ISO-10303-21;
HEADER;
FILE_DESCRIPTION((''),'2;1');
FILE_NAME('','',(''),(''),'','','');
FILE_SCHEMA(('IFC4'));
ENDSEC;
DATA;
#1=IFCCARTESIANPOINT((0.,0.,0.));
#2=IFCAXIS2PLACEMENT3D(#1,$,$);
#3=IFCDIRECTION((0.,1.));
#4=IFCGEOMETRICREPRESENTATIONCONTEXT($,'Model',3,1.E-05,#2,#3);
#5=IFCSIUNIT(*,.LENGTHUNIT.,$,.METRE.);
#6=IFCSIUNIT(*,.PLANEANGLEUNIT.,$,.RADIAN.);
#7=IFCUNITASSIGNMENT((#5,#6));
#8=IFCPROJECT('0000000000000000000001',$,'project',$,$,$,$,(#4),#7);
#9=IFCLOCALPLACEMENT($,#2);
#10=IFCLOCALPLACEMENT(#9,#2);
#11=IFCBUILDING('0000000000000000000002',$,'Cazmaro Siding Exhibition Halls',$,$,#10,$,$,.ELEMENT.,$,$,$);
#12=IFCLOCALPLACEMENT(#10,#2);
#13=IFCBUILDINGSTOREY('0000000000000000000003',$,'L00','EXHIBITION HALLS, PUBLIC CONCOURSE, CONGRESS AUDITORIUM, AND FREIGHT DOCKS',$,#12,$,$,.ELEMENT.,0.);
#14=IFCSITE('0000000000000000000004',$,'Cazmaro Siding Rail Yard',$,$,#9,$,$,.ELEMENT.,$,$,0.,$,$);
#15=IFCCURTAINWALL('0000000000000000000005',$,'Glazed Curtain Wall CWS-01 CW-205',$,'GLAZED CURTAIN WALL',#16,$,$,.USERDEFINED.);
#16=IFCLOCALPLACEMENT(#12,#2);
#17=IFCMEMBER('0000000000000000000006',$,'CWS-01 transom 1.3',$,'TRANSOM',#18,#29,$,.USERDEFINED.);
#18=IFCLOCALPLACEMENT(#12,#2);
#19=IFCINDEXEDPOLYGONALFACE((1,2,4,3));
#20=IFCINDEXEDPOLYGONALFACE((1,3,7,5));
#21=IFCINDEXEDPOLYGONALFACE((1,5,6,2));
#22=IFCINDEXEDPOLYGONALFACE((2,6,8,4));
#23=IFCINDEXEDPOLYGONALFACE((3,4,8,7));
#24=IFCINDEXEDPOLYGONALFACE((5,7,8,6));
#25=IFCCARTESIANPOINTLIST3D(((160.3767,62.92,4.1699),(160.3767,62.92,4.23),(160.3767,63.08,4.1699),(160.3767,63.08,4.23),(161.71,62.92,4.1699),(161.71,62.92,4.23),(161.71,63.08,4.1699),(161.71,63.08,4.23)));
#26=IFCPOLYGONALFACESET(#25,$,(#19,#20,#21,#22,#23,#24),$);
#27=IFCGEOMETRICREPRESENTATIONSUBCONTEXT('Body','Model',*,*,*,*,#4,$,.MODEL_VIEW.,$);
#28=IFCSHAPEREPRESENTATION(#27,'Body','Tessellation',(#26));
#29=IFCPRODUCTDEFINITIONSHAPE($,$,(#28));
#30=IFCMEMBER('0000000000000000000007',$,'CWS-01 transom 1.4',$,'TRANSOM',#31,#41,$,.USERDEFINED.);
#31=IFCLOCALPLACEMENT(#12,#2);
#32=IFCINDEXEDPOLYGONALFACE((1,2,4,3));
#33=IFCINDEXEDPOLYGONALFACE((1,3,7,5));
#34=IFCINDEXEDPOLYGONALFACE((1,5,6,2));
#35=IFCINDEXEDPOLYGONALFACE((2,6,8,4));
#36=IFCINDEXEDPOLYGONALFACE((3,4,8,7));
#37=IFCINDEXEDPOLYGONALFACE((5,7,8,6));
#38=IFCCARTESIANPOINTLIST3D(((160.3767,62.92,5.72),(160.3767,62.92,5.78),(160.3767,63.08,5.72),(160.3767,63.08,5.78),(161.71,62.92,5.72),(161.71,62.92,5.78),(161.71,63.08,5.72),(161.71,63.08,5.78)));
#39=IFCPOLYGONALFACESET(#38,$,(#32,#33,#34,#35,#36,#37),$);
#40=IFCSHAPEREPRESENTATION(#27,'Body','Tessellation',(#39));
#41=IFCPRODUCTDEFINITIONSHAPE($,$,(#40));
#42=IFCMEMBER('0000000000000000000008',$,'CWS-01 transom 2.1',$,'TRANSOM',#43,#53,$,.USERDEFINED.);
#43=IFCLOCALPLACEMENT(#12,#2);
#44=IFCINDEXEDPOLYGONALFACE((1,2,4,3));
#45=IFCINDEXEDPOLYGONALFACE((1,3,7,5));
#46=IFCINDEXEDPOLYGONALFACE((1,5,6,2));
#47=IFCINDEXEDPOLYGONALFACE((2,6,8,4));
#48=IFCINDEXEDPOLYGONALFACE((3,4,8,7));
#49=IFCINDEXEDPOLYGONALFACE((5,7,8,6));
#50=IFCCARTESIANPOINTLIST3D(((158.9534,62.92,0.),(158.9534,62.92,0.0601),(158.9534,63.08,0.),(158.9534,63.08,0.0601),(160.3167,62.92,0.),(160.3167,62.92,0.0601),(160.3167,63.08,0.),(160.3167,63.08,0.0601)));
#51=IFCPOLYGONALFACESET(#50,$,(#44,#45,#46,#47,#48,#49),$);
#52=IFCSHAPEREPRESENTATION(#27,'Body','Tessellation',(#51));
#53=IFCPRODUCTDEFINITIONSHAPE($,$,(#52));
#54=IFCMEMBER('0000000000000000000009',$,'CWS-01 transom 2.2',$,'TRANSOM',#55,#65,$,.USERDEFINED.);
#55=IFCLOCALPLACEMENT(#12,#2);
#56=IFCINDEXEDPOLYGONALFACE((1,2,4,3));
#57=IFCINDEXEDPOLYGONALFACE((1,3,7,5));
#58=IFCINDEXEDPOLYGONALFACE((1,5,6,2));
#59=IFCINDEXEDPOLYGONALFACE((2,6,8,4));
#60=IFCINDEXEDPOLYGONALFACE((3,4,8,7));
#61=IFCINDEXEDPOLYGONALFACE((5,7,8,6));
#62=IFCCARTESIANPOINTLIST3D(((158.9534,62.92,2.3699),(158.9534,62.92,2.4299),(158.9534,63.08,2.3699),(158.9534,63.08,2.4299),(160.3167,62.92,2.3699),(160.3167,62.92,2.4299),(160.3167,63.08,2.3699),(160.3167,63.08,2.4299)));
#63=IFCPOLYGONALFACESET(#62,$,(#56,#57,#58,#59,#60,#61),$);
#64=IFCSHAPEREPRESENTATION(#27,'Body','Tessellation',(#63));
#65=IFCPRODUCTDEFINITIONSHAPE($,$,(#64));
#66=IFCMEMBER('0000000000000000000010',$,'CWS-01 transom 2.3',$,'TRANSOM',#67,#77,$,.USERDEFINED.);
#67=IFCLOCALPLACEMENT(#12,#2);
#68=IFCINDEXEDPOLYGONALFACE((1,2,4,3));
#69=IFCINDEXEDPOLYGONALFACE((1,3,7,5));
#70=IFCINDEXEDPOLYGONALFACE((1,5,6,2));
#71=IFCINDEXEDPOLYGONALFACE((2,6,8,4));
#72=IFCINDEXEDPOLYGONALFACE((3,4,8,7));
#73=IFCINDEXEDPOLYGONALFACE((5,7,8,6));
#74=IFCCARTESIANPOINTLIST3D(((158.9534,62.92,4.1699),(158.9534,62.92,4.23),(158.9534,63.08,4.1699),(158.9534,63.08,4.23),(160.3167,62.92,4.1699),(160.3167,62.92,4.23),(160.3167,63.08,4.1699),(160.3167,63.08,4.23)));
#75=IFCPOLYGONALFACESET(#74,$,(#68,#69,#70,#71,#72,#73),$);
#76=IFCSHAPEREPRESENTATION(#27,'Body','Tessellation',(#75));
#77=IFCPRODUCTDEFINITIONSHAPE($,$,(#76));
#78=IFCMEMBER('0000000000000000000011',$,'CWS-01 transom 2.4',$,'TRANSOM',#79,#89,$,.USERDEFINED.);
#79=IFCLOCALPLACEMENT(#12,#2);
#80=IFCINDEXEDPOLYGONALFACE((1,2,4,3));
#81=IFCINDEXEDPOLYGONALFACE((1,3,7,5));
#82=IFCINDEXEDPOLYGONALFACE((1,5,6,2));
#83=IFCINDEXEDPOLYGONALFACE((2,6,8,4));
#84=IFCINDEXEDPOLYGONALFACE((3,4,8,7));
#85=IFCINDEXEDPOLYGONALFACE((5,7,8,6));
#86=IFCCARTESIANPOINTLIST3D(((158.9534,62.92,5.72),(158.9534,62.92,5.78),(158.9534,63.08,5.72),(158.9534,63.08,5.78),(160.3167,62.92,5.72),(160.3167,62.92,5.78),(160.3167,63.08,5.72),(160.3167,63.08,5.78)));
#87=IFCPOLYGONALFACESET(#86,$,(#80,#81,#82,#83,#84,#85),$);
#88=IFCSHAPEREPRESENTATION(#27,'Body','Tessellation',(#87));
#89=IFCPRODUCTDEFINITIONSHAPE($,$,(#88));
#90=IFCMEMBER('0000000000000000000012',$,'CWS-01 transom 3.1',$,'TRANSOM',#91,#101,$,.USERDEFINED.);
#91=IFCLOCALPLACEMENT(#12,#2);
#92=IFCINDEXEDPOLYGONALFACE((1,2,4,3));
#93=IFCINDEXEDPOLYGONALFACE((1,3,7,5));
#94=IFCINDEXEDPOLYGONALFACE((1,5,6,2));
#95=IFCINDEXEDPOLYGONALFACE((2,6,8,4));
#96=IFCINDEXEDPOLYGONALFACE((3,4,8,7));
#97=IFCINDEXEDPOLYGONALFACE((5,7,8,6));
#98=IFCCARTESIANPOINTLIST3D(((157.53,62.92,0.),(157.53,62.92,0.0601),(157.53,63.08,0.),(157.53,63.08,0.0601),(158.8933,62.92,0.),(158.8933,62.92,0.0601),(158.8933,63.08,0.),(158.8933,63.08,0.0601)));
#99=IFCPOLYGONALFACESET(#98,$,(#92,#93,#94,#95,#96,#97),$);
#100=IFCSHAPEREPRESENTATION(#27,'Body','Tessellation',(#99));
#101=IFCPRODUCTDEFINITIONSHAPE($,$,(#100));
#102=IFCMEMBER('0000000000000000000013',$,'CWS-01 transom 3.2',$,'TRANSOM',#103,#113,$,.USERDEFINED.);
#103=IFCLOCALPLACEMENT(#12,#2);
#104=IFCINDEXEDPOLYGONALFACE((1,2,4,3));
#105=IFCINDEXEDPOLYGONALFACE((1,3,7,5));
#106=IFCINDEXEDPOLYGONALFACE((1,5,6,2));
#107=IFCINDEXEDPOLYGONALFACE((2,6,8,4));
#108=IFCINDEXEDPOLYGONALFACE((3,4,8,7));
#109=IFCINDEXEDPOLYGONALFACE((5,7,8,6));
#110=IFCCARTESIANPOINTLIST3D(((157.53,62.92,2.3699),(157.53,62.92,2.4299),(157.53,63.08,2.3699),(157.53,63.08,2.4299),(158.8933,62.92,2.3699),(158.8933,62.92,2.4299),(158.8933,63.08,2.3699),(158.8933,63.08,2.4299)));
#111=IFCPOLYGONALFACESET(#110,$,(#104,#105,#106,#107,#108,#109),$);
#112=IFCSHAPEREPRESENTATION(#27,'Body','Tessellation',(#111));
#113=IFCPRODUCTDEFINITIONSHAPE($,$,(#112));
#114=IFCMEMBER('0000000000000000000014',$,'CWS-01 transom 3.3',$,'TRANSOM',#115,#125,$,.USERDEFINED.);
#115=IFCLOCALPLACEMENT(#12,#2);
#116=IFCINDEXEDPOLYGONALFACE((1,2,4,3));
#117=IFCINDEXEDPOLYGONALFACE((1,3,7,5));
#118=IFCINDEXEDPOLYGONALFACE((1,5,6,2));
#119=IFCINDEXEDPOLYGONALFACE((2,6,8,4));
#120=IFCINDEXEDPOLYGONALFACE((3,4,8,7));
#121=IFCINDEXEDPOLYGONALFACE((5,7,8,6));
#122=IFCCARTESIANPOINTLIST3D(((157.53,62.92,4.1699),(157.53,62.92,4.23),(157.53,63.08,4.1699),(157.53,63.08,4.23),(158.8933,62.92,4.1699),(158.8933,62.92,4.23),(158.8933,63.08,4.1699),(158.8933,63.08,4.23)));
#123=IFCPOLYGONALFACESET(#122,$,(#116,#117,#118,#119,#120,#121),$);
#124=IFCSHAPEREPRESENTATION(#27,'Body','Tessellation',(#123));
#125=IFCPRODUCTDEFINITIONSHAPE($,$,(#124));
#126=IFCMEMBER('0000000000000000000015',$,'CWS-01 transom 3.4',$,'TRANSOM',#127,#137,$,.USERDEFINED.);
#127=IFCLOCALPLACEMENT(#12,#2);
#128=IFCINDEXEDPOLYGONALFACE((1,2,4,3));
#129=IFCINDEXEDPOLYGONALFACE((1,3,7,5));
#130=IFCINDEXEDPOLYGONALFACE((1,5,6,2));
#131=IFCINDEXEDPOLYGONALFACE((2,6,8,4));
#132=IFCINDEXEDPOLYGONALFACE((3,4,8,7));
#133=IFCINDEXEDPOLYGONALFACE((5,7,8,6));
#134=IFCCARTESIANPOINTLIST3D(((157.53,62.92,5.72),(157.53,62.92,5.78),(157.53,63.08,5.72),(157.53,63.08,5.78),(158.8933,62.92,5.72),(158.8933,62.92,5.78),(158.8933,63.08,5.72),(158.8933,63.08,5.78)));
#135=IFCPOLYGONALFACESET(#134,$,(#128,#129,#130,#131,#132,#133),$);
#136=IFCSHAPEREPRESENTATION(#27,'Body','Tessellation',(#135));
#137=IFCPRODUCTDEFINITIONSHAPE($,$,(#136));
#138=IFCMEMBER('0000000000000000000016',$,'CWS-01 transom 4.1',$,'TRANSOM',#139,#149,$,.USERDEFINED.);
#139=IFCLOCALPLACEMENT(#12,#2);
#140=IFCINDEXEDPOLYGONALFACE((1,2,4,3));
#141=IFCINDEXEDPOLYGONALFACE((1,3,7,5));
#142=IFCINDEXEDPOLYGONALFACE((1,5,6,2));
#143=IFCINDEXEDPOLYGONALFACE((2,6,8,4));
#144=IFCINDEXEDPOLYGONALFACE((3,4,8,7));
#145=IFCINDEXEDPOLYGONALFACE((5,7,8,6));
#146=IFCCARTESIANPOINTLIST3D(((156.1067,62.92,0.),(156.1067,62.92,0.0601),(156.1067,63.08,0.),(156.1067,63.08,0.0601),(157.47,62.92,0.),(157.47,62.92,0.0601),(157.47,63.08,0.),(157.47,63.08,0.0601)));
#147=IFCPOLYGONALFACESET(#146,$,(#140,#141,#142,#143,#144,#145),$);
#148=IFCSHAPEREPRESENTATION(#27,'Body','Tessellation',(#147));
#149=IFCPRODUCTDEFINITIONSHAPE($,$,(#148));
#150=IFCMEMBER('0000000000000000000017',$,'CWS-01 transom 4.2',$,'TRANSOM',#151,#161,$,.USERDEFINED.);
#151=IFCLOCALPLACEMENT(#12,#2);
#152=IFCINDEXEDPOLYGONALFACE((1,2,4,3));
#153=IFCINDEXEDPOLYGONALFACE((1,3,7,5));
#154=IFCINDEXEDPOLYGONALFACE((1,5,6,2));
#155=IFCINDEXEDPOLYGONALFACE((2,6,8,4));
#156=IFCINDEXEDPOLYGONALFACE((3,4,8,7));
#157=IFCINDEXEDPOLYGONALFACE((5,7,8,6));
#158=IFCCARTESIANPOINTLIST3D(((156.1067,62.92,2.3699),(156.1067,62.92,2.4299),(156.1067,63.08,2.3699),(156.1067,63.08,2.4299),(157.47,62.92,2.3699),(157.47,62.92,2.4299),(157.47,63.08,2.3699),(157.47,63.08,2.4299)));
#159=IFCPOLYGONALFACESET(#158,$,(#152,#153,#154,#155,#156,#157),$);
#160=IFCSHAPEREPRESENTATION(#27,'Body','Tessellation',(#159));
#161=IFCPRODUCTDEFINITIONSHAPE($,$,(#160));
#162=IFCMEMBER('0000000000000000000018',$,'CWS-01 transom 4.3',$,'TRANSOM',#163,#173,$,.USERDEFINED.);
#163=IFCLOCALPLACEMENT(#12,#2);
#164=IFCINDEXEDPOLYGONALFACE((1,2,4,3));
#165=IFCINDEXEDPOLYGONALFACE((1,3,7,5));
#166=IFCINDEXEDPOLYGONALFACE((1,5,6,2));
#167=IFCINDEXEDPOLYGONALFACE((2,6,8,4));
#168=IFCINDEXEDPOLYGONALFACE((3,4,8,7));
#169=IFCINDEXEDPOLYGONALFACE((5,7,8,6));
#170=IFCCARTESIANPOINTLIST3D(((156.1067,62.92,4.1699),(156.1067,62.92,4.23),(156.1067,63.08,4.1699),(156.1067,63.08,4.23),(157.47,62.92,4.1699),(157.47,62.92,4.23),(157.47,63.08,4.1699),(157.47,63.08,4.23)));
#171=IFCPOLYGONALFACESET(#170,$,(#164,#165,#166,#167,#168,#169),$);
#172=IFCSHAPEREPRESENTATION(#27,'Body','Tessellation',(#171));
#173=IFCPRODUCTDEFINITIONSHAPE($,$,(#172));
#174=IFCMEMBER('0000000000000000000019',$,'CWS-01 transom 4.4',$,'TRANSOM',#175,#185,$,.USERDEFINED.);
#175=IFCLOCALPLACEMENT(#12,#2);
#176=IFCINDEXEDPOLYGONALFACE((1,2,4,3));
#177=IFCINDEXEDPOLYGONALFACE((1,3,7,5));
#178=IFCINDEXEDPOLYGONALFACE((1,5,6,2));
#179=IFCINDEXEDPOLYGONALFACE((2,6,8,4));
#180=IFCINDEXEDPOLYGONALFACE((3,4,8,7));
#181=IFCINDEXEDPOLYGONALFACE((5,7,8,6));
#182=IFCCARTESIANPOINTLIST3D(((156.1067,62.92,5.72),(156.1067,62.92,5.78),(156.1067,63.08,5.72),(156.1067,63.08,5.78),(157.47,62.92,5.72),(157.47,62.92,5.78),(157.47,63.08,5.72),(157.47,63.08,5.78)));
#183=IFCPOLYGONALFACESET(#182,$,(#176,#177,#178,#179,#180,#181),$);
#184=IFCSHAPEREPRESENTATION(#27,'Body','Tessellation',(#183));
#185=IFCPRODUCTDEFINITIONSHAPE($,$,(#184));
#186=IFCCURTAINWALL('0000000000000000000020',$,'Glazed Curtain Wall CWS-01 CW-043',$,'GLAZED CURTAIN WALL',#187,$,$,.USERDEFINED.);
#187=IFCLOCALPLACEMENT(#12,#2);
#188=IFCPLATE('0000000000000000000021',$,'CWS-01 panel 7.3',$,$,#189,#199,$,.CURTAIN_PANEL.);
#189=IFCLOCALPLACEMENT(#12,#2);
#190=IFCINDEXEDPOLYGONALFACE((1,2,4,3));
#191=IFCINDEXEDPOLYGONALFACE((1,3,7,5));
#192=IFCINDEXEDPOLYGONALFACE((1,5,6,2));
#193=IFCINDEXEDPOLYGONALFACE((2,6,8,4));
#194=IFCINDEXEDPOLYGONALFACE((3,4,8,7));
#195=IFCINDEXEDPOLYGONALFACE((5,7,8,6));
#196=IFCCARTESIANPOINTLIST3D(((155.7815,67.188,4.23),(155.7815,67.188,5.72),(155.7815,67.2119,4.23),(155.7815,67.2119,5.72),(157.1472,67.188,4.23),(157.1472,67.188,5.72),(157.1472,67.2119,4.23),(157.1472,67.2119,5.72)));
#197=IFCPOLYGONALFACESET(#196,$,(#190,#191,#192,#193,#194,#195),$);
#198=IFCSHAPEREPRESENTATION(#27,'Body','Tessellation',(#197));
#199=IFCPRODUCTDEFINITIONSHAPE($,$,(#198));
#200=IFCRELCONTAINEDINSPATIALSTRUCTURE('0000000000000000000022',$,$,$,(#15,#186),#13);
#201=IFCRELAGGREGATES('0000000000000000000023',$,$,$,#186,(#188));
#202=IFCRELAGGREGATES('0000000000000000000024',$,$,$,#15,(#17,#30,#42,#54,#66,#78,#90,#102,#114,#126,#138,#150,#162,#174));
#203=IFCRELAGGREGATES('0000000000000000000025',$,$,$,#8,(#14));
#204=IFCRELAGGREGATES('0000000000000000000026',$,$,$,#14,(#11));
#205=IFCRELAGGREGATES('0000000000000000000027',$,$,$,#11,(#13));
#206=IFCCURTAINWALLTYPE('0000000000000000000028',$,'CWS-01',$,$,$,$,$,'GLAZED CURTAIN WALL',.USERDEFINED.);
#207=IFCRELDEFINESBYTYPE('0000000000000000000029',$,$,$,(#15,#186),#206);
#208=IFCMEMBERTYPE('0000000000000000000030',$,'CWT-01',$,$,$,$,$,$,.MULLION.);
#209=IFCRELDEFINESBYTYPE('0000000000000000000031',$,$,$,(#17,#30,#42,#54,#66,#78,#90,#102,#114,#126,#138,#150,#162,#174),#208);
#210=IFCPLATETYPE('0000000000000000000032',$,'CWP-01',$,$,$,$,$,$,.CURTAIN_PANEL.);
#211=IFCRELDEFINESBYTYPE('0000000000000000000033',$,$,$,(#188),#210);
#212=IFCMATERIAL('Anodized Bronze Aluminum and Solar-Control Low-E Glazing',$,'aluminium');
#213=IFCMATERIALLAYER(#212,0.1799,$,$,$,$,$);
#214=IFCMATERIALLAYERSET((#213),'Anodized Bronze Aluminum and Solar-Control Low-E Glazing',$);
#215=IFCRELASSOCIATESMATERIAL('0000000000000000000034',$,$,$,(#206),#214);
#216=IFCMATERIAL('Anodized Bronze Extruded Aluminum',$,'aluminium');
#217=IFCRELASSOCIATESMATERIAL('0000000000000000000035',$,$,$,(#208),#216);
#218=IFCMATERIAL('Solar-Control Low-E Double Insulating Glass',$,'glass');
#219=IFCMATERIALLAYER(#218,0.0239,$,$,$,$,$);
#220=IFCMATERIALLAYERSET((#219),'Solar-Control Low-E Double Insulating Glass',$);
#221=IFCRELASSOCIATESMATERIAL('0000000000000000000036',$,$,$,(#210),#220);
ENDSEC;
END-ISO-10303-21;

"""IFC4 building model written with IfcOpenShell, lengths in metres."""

from ifc_helpers import new_model, si_unit, direction, frame, origin, origin_2d, place, context, subcontext, project, spatial, rectangle, extrude, material, layer, layer_set, material_profile, profile_set, type_object, element, aggregate, save


model = new_model("IFC4")

# Units and contexts
model_context = context("Model", 3, precision=1e-05, world=origin(), true_north=direction((0.0, 1.0)))
body_context = subcontext(model_context, "Body", "Model", "MODEL_VIEW")
ifc_project = project(units=[si_unit("LENGTHUNIT", "METRE"), si_unit("PLANEANGLEUNIT", "RADIAN")], contexts=[model_context])

# Site, building, storey
site_placement = place(None, origin())
site = spatial("IfcSite", under=ifc_project, at=site_placement, Name="Cazmaro Siding Rail Yard", CompositionType="ELEMENT", RefElevation=0.0)
building_placement = place(site_placement, origin())
building = spatial("IfcBuilding", under=site, at=building_placement, Name="Cazmaro Siding Exhibition Halls", CompositionType="ELEMENT")
storey_placement = place(building_placement, origin())
storey = spatial("IfcBuildingStorey", under=building, at=storey_placement, Name="L00", Description="EXHIBITION HALLS, PUBLIC CONCOURSE, CONGRESS AUDITORIUM, AND FREIGHT DOCKS", CompositionType="ELEMENT", Elevation=0.0)

# Curtain wall, members
ifc_material_1 = material(Name="Anodized Bronze Aluminum and Solar-Control Low-E Glazing", Category="aluminium")
ifc_layer_1 = layer(ifc_material_1, 0.1799)
ifc_layer_set_1 = layer_set([ifc_layer_1], Name="Anodized Bronze Aluminum and Solar-Control Low-E Glazing")
curtain_wall_type = type_object("IfcCurtainWallType", Name="CWS-01", ElementType="GLAZED CURTAIN WALL", PredefinedType="USERDEFINED", material=ifc_layer_set_1)
curtain_wall_1_placement = place(storey_placement, origin())
curtain_wall_1 = element("IfcCurtainWall", 1, at=curtain_wall_1_placement, inside=storey, type_object=curtain_wall_type, Name="Glazed Curtain Wall CWS-01 CW-205", ObjectType="GLAZED CURTAIN WALL", PredefinedType="USERDEFINED")
ifc_material_2 = material(Name="Anodized Bronze Extruded Aluminum", Category="aluminium")
ifc_material_profile_1 = material_profile(ifc_material_2, rectangle(XDim=0.1599, YDim=0.0601, at=origin_2d()), Name="CWT-01")
ifc_profile_set_1 = profile_set([ifc_material_profile_1], Name="Anodized Bronze Extruded Aluminum")
member_type_1 = type_object("IfcMemberType", Name="CWT-01", PredefinedType="MULLION", material=ifc_profile_set_1)
member_1_placement = place(storey_placement, frame((161.71, 63.0, 4.2), z_axis=(-1.0, 0.0, 0.0), x_axis=(0.0, -1.0, 0.0)))
member_1 = element("IfcMember", 2, at=member_1_placement, type_object=member_type_1, Name="CWS-01 transom 1.3", ObjectType="TRANSOM", PredefinedType="USERDEFINED", context=body_context, shape_type="SweptSolid", body=[
    extrude(rectangle(XDim=0.1599, YDim=0.0601, at=origin_2d()), origin(), (0.0, 0.0, 1.0), 1.3333),
])
member_2_placement = place(storey_placement, frame((161.71, 63.0, 5.75), z_axis=(-1.0, 0.0, 0.0), x_axis=(0.0, -1.0, 0.0)))
member_2 = element("IfcMember", 3, at=member_2_placement, type_object=member_type_1, Name="CWS-01 transom 1.4", ObjectType="TRANSOM", PredefinedType="USERDEFINED", context=body_context, shape_type="SweptSolid", body=[
    extrude(rectangle(XDim=0.1599, YDim=0.0601, at=origin_2d()), origin(), (0.0, 0.0, 1.0), 1.3333),
])
member_3_placement = place(storey_placement, frame((160.3167, 63.0, 0.03), z_axis=(-1.0, 0.0, 0.0), x_axis=(0.0, -1.0, 0.0)))
member_3 = element("IfcMember", 4, at=member_3_placement, type_object=member_type_1, Name="CWS-01 transom 2.1", ObjectType="TRANSOM", PredefinedType="USERDEFINED", context=body_context, shape_type="SweptSolid", body=[
    extrude(rectangle(XDim=0.1599, YDim=0.0601, at=origin_2d()), origin(), (0.0, 0.0, 1.0), 1.3633),
])
member_4_placement = place(storey_placement, frame((160.3167, 63.0, 2.3999), z_axis=(-1.0, 0.0, 0.0), x_axis=(0.0, -1.0, 0.0)))
member_4 = element("IfcMember", 5, at=member_4_placement, type_object=member_type_1, Name="CWS-01 transom 2.2", ObjectType="TRANSOM", PredefinedType="USERDEFINED", context=body_context, shape_type="SweptSolid", body=[
    extrude(rectangle(XDim=0.1599, YDim=0.0601, at=origin_2d()), origin(), (0.0, 0.0, 1.0), 1.3633),
])
member_5_placement = place(storey_placement, frame((160.3167, 63.0, 4.2), z_axis=(-1.0, 0.0, 0.0), x_axis=(0.0, -1.0, 0.0)))
member_5 = element("IfcMember", 6, at=member_5_placement, type_object=member_type_1, Name="CWS-01 transom 2.3", ObjectType="TRANSOM", PredefinedType="USERDEFINED", context=body_context, shape_type="SweptSolid", body=[
    extrude(rectangle(XDim=0.1599, YDim=0.0601, at=origin_2d()), origin(), (0.0, 0.0, 1.0), 1.3633),
])
member_6_placement = place(storey_placement, frame((160.3167, 63.0, 5.75), z_axis=(-1.0, 0.0, 0.0), x_axis=(0.0, -1.0, 0.0)))
member_6 = element("IfcMember", 7, at=member_6_placement, type_object=member_type_1, Name="CWS-01 transom 2.4", ObjectType="TRANSOM", PredefinedType="USERDEFINED", context=body_context, shape_type="SweptSolid", body=[
    extrude(rectangle(XDim=0.1599, YDim=0.0601, at=origin_2d()), origin(), (0.0, 0.0, 1.0), 1.3633),
])
member_7_placement = place(storey_placement, frame((158.8933, 63.0, 0.03), z_axis=(-1.0, 0.0, 0.0), x_axis=(0.0, -1.0, 0.0)))
member_7 = element("IfcMember", 8, at=member_7_placement, type_object=member_type_1, Name="CWS-01 transom 3.1", ObjectType="TRANSOM", PredefinedType="USERDEFINED", context=body_context, shape_type="SweptSolid", body=[
    extrude(rectangle(XDim=0.1599, YDim=0.0601, at=origin_2d()), origin(), (0.0, 0.0, 1.0), 1.3633),
])
member_8_placement = place(storey_placement, frame((158.8933, 63.0, 2.3999), z_axis=(-1.0, 0.0, 0.0), x_axis=(0.0, -1.0, 0.0)))
member_8 = element("IfcMember", 9, at=member_8_placement, type_object=member_type_1, Name="CWS-01 transom 3.2", ObjectType="TRANSOM", PredefinedType="USERDEFINED", context=body_context, shape_type="SweptSolid", body=[
    extrude(rectangle(XDim=0.1599, YDim=0.0601, at=origin_2d()), origin(), (0.0, 0.0, 1.0), 1.3633),
])
member_9_placement = place(storey_placement, frame((158.8933, 63.0, 4.2), z_axis=(-1.0, 0.0, 0.0), x_axis=(0.0, -1.0, 0.0)))
member_9 = element("IfcMember", 10, at=member_9_placement, type_object=member_type_1, Name="CWS-01 transom 3.3", ObjectType="TRANSOM", PredefinedType="USERDEFINED", context=body_context, shape_type="SweptSolid", body=[
    extrude(rectangle(XDim=0.1599, YDim=0.0601, at=origin_2d()), origin(), (0.0, 0.0, 1.0), 1.3633),
])
member_10_placement = place(storey_placement, frame((158.8933, 63.0, 5.75), z_axis=(-1.0, 0.0, 0.0), x_axis=(0.0, -1.0, 0.0)))
member_10 = element("IfcMember", 11, at=member_10_placement, type_object=member_type_1, Name="CWS-01 transom 3.4", ObjectType="TRANSOM", PredefinedType="USERDEFINED", context=body_context, shape_type="SweptSolid", body=[
    extrude(rectangle(XDim=0.1599, YDim=0.0601, at=origin_2d()), origin(), (0.0, 0.0, 1.0), 1.3633),
])
member_11_placement = place(storey_placement, frame((157.47, 63.0, 0.03), z_axis=(-1.0, 0.0, 0.0), x_axis=(0.0, -1.0, 0.0)))
member_11 = element("IfcMember", 12, at=member_11_placement, type_object=member_type_1, Name="CWS-01 transom 4.1", ObjectType="TRANSOM", PredefinedType="USERDEFINED", context=body_context, shape_type="SweptSolid", body=[
    extrude(rectangle(XDim=0.1599, YDim=0.0601, at=origin_2d()), origin(), (0.0, 0.0, 1.0), 1.3633),
])
member_12_placement = place(storey_placement, frame((157.47, 63.0, 2.3999), z_axis=(-1.0, 0.0, 0.0), x_axis=(0.0, -1.0, 0.0)))
member_12 = element("IfcMember", 13, at=member_12_placement, type_object=member_type_1, Name="CWS-01 transom 4.2", ObjectType="TRANSOM", PredefinedType="USERDEFINED", context=body_context, shape_type="SweptSolid", body=[
    extrude(rectangle(XDim=0.1599, YDim=0.0601, at=origin_2d()), origin(), (0.0, 0.0, 1.0), 1.3633),
])
member_13_placement = place(storey_placement, frame((157.47, 63.0, 4.2), z_axis=(-1.0, 0.0, 0.0), x_axis=(0.0, -1.0, 0.0)))
member_13 = element("IfcMember", 14, at=member_13_placement, type_object=member_type_1, Name="CWS-01 transom 4.3", ObjectType="TRANSOM", PredefinedType="USERDEFINED", context=body_context, shape_type="SweptSolid", body=[
    extrude(rectangle(XDim=0.1599, YDim=0.0601, at=origin_2d()), origin(), (0.0, 0.0, 1.0), 1.3633),
])
member_14_placement = place(storey_placement, frame((157.47, 63.0, 5.75), z_axis=(-1.0, 0.0, 0.0), x_axis=(0.0, -1.0, 0.0)))
member_14 = element("IfcMember", 15, at=member_14_placement, type_object=member_type_1, Name="CWS-01 transom 4.4", ObjectType="TRANSOM", PredefinedType="USERDEFINED", context=body_context, shape_type="SweptSolid", body=[
    extrude(rectangle(XDim=0.1599, YDim=0.0601, at=origin_2d()), origin(), (0.0, 0.0, 1.0), 1.3633),
])

# Curtain wall, plate
curtain_wall_2_placement = place(storey_placement, origin())
curtain_wall_2 = element("IfcCurtainWall", 16, at=curtain_wall_2_placement, inside=storey, type_object=curtain_wall_type, Name="Glazed Curtain Wall CWS-01 CW-043", ObjectType="GLAZED CURTAIN WALL", PredefinedType="USERDEFINED")
ifc_material_3 = material(Name="Solar-Control Low-E Double Insulating Glass", Category="glass")
ifc_layer_2 = layer(ifc_material_3, 0.0239)
ifc_layer_set_2 = layer_set([ifc_layer_2], Name="Solar-Control Low-E Double Insulating Glass")
plate_type = type_object("IfcPlateType", Name="CWP-01", PredefinedType="CURTAIN_PANEL", material=ifc_layer_set_2)
plate_1_placement = place(storey_placement, frame((156.4644, 67.2, 4.23), z_axis=(0.0, 0.0, 1.0), x_axis=(1.0, 0.0, 0.0)))
plate_1 = element("IfcPlate", 17, at=plate_1_placement, type_object=plate_type, Name="CWS-01 panel 7.3", PredefinedType="CURTAIN_PANEL", context=body_context, shape_type="SweptSolid", body=[
    extrude(rectangle(XDim=1.3657, YDim=0.0239, at=origin_2d()), origin(), (0.0, 0.0, 1.0), 1.49),
])
aggregate(curtain_wall_2, [plate_1])

aggregate(curtain_wall_1, [member_1, member_2, member_3, member_4, member_5, member_6, member_7, member_8, member_9, member_10, member_11, member_12, member_13, member_14])

save(model, "model.ifc")
